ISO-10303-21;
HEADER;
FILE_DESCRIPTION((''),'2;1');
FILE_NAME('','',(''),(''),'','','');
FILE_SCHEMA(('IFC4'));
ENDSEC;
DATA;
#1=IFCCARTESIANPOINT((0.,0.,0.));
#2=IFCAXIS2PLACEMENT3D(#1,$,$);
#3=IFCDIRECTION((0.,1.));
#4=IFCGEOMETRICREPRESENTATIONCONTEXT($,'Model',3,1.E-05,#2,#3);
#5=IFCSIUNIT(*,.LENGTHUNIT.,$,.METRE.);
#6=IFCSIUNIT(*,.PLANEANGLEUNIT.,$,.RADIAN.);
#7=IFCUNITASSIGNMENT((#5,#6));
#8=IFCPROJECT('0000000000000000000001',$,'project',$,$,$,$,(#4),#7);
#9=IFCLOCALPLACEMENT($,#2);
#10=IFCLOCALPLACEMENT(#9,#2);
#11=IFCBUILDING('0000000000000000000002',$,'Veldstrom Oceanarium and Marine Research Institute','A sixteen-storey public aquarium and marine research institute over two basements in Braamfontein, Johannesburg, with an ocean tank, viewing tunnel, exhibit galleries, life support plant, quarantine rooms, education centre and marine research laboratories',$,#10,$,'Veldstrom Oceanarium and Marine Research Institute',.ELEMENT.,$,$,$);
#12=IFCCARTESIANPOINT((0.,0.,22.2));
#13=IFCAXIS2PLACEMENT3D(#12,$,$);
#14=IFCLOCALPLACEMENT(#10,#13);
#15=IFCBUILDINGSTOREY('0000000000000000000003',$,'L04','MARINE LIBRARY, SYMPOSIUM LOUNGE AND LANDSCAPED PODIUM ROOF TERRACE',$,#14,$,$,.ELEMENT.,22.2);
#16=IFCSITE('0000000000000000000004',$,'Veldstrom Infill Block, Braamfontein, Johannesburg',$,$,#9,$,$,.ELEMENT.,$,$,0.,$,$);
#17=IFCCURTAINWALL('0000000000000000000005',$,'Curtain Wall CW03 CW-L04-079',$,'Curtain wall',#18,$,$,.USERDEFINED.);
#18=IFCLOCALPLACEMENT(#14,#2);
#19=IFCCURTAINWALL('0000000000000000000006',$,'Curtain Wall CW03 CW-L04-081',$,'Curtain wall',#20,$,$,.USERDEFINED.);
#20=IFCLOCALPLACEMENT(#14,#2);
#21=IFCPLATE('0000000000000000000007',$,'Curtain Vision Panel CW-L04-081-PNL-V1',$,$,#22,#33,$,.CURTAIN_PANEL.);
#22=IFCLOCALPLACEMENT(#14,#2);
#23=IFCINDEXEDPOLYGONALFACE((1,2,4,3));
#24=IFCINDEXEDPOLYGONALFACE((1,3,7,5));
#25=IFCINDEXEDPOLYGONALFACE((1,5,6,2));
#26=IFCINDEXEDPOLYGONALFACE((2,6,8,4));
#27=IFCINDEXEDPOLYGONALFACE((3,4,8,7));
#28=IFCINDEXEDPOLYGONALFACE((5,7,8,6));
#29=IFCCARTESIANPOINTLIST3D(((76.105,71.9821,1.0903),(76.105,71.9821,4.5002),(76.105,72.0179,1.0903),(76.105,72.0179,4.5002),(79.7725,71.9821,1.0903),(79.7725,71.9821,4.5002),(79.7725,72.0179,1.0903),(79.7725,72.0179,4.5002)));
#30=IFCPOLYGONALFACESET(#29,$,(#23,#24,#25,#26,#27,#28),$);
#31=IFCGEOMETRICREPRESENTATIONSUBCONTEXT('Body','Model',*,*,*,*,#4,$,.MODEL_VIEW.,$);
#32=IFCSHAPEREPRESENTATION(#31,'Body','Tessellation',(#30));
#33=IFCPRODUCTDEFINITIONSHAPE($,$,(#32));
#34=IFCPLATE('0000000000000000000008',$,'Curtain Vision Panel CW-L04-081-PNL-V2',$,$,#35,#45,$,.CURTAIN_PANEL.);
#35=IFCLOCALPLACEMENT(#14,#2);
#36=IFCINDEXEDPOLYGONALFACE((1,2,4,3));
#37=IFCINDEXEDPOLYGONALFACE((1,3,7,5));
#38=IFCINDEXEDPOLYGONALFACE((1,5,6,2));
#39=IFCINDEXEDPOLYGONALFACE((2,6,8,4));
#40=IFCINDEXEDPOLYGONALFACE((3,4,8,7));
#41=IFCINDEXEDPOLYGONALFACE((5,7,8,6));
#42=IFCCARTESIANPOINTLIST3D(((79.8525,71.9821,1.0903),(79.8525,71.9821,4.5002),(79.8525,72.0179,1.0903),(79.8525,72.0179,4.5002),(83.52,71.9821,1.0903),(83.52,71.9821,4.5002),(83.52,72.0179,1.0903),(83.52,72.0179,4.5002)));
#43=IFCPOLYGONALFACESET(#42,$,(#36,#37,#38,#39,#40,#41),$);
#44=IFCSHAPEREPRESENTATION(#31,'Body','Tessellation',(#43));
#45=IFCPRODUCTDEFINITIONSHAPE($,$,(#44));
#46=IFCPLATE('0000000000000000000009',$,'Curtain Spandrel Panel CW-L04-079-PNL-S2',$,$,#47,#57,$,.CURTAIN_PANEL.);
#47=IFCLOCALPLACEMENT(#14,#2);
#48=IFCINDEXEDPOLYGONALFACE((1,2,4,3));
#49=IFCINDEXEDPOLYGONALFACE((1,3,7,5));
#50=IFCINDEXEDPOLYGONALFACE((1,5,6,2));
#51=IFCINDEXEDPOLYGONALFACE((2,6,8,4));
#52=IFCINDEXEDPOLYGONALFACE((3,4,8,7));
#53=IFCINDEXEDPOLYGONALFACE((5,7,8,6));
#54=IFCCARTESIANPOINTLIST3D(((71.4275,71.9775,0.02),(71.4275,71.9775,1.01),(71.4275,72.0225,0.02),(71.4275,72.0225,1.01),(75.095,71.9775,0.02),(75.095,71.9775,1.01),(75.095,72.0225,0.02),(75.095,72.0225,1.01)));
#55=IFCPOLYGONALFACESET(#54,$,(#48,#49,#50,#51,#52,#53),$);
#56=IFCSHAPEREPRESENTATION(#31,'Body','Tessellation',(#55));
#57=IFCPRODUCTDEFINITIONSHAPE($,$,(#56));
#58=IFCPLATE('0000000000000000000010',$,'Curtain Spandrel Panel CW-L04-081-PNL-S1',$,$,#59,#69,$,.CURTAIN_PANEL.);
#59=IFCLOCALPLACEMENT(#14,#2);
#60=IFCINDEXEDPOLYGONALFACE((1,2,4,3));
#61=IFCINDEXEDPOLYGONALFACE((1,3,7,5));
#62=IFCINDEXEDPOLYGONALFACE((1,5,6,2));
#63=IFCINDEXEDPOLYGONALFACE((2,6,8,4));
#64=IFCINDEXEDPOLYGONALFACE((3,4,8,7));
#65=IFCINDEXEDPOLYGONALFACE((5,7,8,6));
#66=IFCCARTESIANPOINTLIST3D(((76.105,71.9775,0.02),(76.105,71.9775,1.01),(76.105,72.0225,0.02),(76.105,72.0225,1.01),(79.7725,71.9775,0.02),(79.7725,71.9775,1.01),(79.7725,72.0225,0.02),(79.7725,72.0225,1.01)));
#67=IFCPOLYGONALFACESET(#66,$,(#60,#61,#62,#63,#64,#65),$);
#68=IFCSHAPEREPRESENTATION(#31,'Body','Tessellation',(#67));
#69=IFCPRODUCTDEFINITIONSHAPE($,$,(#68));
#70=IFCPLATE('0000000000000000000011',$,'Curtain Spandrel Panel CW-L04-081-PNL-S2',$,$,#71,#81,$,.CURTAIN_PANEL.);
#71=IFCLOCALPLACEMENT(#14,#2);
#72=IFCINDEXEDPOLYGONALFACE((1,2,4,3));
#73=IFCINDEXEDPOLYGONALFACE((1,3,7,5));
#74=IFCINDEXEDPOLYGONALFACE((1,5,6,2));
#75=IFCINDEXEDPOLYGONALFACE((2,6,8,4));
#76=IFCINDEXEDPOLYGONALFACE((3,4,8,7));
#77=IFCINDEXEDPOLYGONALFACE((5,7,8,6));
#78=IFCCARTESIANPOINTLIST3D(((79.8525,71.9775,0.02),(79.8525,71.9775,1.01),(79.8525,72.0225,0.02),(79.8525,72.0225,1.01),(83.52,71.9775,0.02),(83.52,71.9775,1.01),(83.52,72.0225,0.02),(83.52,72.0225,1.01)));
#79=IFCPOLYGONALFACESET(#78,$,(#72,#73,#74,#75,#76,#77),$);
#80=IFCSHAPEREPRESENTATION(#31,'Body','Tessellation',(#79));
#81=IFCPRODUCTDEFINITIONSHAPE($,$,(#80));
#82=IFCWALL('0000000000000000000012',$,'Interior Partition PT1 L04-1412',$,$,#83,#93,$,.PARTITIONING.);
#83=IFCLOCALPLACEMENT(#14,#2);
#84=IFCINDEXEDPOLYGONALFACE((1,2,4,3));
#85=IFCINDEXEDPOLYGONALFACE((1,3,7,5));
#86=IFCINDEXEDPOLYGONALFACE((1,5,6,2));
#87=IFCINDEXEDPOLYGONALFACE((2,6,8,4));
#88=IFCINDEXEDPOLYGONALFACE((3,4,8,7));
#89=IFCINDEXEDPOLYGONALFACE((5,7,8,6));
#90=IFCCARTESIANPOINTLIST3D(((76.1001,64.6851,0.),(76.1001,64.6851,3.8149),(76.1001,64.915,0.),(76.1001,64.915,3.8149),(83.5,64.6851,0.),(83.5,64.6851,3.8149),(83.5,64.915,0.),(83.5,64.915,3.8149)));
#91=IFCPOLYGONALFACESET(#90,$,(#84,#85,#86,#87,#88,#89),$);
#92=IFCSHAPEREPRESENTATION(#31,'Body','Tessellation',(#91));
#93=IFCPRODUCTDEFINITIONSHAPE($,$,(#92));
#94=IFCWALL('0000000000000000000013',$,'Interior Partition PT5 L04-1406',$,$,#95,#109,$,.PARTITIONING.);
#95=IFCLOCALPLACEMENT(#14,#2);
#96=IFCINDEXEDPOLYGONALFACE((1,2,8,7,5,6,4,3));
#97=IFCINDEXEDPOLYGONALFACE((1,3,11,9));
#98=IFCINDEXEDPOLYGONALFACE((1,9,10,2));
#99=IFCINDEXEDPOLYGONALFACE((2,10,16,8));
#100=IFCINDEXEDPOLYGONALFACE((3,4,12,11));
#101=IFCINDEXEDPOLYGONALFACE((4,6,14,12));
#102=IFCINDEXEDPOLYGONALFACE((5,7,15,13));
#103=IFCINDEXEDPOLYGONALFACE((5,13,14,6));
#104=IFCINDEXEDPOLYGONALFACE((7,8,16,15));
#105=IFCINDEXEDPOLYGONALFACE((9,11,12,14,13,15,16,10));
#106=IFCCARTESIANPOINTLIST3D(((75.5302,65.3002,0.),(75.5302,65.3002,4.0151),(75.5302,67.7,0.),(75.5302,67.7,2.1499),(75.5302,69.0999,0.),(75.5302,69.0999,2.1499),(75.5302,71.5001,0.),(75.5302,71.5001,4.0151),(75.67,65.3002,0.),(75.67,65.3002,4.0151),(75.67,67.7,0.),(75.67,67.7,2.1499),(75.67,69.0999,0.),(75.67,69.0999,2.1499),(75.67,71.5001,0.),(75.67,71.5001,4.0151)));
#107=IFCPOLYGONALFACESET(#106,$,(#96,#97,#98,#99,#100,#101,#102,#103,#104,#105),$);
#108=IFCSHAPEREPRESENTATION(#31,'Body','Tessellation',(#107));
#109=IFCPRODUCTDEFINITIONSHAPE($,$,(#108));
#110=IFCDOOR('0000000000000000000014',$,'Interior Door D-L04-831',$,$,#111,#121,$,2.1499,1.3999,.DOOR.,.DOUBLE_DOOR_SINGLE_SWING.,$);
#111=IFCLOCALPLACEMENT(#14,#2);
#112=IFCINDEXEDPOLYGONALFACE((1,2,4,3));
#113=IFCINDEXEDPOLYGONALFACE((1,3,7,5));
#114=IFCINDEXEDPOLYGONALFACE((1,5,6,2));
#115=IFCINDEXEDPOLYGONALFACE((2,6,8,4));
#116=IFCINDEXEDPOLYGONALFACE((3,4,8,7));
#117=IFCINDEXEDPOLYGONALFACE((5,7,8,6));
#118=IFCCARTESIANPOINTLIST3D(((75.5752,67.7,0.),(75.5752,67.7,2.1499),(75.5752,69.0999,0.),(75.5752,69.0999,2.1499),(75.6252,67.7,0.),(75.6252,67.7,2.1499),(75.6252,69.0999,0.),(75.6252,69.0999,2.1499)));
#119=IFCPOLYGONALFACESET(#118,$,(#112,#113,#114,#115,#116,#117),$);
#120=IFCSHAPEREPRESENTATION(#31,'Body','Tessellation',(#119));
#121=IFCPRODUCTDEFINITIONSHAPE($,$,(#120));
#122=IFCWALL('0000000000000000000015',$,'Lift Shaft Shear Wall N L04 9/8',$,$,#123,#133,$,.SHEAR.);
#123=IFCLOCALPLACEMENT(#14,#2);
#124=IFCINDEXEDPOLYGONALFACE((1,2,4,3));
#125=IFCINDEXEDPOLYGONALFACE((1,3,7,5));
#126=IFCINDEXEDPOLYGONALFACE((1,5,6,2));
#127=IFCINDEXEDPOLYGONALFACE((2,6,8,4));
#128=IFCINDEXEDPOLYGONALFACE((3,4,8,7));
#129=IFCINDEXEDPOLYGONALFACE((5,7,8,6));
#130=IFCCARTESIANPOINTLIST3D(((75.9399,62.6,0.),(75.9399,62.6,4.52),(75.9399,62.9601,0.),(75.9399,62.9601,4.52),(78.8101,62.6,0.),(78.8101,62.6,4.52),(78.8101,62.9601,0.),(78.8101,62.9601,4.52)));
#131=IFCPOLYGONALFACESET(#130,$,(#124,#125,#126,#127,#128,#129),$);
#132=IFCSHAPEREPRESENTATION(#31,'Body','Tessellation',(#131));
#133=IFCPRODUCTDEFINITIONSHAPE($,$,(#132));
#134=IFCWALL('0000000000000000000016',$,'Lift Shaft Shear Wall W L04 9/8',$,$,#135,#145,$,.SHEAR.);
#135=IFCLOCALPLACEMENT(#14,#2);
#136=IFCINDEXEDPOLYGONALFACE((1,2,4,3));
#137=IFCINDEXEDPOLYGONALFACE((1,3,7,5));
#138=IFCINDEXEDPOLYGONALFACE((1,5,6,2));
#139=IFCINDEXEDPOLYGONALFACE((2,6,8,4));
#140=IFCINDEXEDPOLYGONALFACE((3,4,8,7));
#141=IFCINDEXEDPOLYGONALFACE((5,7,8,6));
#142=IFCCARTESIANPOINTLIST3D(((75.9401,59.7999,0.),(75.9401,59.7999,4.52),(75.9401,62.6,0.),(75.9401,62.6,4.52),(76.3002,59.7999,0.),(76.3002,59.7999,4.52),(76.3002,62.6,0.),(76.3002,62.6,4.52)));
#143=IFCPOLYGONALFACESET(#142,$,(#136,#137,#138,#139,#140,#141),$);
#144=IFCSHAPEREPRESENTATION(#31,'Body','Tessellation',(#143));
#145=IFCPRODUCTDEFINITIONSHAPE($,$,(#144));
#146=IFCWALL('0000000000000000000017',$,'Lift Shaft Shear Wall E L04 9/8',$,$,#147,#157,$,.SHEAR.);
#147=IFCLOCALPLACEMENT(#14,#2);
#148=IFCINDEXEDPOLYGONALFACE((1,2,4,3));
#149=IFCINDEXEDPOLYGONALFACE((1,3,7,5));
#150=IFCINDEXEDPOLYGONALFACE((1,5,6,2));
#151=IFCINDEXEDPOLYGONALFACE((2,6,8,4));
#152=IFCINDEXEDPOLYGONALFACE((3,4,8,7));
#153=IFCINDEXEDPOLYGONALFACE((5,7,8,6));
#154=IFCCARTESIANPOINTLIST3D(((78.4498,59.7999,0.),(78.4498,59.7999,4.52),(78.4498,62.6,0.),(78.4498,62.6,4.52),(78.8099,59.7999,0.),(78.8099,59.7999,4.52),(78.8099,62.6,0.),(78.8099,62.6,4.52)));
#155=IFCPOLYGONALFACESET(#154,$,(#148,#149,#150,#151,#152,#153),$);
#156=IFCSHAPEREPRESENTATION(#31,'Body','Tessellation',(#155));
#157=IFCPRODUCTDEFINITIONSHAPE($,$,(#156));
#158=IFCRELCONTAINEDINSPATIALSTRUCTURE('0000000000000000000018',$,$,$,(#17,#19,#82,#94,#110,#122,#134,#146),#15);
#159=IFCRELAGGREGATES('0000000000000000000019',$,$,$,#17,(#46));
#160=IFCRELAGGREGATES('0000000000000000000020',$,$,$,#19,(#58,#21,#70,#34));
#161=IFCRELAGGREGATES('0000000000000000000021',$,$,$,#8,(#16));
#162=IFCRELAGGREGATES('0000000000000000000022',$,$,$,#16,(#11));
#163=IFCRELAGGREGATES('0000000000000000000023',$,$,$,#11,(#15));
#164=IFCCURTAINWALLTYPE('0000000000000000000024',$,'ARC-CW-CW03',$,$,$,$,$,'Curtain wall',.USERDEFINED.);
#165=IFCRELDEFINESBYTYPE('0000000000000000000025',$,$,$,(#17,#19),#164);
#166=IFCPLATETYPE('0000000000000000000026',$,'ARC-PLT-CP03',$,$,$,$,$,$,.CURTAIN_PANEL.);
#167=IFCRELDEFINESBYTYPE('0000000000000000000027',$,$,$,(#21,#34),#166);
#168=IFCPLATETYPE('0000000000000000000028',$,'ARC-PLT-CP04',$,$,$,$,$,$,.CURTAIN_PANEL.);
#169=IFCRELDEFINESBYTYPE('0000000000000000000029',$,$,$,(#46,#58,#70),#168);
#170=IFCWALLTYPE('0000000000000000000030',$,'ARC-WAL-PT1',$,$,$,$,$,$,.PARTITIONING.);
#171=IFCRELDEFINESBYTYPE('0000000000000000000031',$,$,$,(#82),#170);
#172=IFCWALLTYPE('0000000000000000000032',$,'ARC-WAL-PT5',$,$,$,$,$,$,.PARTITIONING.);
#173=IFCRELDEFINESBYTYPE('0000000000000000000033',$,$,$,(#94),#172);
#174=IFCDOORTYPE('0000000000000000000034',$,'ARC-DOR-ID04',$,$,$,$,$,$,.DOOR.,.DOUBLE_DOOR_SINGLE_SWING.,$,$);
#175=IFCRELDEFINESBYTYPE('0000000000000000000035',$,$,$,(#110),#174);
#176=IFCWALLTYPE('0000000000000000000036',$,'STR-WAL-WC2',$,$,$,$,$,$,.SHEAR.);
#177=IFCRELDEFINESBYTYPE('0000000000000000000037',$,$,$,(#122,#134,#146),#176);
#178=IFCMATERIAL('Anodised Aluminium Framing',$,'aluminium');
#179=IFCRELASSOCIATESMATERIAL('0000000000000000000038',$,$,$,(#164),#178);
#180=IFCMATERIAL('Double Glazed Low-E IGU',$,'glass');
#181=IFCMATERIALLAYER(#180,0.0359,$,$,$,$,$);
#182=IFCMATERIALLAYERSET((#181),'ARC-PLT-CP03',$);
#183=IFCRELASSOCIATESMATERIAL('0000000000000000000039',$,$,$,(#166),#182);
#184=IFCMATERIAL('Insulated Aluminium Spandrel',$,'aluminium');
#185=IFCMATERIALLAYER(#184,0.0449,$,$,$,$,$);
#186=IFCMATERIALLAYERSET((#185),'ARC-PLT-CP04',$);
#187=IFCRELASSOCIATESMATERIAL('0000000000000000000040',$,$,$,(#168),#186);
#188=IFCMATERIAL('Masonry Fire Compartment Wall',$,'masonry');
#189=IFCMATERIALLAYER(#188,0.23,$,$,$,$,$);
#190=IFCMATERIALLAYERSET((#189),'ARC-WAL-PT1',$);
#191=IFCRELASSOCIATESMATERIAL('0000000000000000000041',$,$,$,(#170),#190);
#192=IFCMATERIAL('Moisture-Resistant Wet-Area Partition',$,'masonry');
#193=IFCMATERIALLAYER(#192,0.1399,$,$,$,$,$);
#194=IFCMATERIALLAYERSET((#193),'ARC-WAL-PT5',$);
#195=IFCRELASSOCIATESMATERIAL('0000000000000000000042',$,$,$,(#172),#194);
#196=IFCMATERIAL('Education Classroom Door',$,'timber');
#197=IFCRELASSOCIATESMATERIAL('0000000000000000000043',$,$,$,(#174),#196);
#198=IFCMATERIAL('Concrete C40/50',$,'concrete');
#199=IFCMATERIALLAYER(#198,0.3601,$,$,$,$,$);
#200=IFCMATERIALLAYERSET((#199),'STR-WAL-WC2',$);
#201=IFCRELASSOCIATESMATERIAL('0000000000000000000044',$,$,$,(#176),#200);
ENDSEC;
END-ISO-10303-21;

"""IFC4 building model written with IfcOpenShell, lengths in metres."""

from ifc_helpers import new_model, si_unit, direction, frame, frame_2d, origin, origin_2d, place, context, subcontext, project, spatial, rectangle, extrude, material, layer, layer_set, type_object, element, fill, aggregate, save


model = new_model("IFC4")

# Units and contexts
model_context = context("Model", 3, precision=1e-05, world=origin(), true_north=direction((0.0, 1.0)))
body_context = subcontext(model_context, "Body", "Model", "MODEL_VIEW")
ifc_project = project(units=[si_unit("LENGTHUNIT", "METRE"), si_unit("PLANEANGLEUNIT", "RADIAN")], contexts=[model_context])

# Site, building, storey
site_placement = place(None, origin())
site = spatial("IfcSite", under=ifc_project, at=site_placement, Name="Veldstrom Infill Block, Braamfontein, Johannesburg", CompositionType="ELEMENT", RefElevation=0.0)
building_placement = place(site_placement, origin())
building = spatial("IfcBuilding", under=site, at=building_placement, Name="Veldstrom Oceanarium and Marine Research Institute", Description="A sixteen-storey public aquarium and marine research institute over two basements in Braamfontein, Johannesburg, with an ocean tank, viewing tunnel, exhibit galleries, life support plant, quarantine rooms, education centre and marine research laboratories", LongName="Veldstrom Oceanarium and Marine Research Institute", CompositionType="ELEMENT")
storey_placement = place(building_placement, frame((0.0, 0.0, 22.2)))
storey = spatial("IfcBuildingStorey", under=building, at=storey_placement, Name="L04", Description="MARINE LIBRARY, SYMPOSIUM LOUNGE AND LANDSCAPED PODIUM ROOF TERRACE", CompositionType="ELEMENT", Elevation=22.2)

# Curtain walls
ifc_material_1 = material(Name="Anodised Aluminium Framing", Category="aluminium")
curtain_wall_type = type_object("IfcCurtainWallType", Name="ARC-CW-CW03", ElementType="Curtain wall", PredefinedType="USERDEFINED", material=ifc_material_1)
curtain_wall_1_placement = place(storey_placement, origin())
curtain_wall_1 = element("IfcCurtainWall", 1, at=curtain_wall_1_placement, inside=storey, type_object=curtain_wall_type, Name="Curtain Wall CW03 CW-L04-079", ObjectType="Curtain wall", PredefinedType="USERDEFINED")
curtain_wall_2_placement = place(storey_placement, origin())
curtain_wall_2 = element("IfcCurtainWall", 2, at=curtain_wall_2_placement, inside=storey, type_object=curtain_wall_type, Name="Curtain Wall CW03 CW-L04-081", ObjectType="Curtain wall", PredefinedType="USERDEFINED")

# Plates
ifc_material_2 = material(Name="Double Glazed Low-E IGU", Category="glass")
ifc_layer_1 = layer(ifc_material_2, 0.0359)
ifc_layer_set_1 = layer_set([ifc_layer_1], Name="ARC-PLT-CP03")
plate_type_1 = type_object("IfcPlateType", Name="ARC-PLT-CP03", PredefinedType="CURTAIN_PANEL", material=ifc_layer_set_1)
plate_1_placement = place(storey_placement, frame((77.9387, 72.0, 1.0903), z_axis=(0.0, 0.0, 1.0), x_axis=(1.0, 0.0, 0.0)))
plate_1 = element("IfcPlate", 3, at=plate_1_placement, type_object=plate_type_1, Name="Curtain Vision Panel CW-L04-081-PNL-V1", PredefinedType="CURTAIN_PANEL", context=body_context, shape_type="SweptSolid", body=[
    extrude(rectangle(XDim=3.6675, YDim=0.0359, at=origin_2d()), origin(), (0.0, 0.0, 1.0), 3.4099),
])
plate_2_placement = place(storey_placement, frame((81.6863, 72.0, 1.0903), z_axis=(0.0, 0.0, 1.0), x_axis=(1.0, 0.0, 0.0)))
plate_2 = element("IfcPlate", 4, at=plate_2_placement, type_object=plate_type_1, Name="Curtain Vision Panel CW-L04-081-PNL-V2", PredefinedType="CURTAIN_PANEL", context=body_context, shape_type="SweptSolid", body=[
    extrude(rectangle(XDim=3.6675, YDim=0.0359, at=origin_2d()), origin(), (0.0, 0.0, 1.0), 3.4099),
])
ifc_material_3 = material(Name="Insulated Aluminium Spandrel", Category="aluminium")
ifc_layer_2 = layer(ifc_material_3, 0.0449)
ifc_layer_set_2 = layer_set([ifc_layer_2], Name="ARC-PLT-CP04")
plate_type_2 = type_object("IfcPlateType", Name="ARC-PLT-CP04", PredefinedType="CURTAIN_PANEL", material=ifc_layer_set_2)
plate_3_placement = place(storey_placement, frame((73.2612, 72.0, 0.02), z_axis=(0.0, 0.0, 1.0), x_axis=(1.0, 0.0, 0.0)))
plate_3 = element("IfcPlate", 5, at=plate_3_placement, type_object=plate_type_2, Name="Curtain Spandrel Panel CW-L04-079-PNL-S2", PredefinedType="CURTAIN_PANEL", context=body_context, shape_type="SweptSolid", body=[
    extrude(rectangle(XDim=3.6675, YDim=0.0449, at=origin_2d()), origin(), (0.0, 0.0, 1.0), 0.99),
])
aggregate(curtain_wall_1, [plate_3])
plate_4_placement = place(storey_placement, frame((77.9387, 72.0, 0.02), z_axis=(0.0, 0.0, 1.0), x_axis=(1.0, 0.0, 0.0)))
plate_4 = element("IfcPlate", 6, at=plate_4_placement, type_object=plate_type_2, Name="Curtain Spandrel Panel CW-L04-081-PNL-S1", PredefinedType="CURTAIN_PANEL", context=body_context, shape_type="SweptSolid", body=[
    extrude(rectangle(XDim=3.6675, YDim=0.0449, at=origin_2d()), origin(), (0.0, 0.0, 1.0), 0.99),
])
plate_5_placement = place(storey_placement, frame((81.6863, 72.0, 0.02), z_axis=(0.0, 0.0, 1.0), x_axis=(1.0, 0.0, 0.0)))
plate_5 = element("IfcPlate", 7, at=plate_5_placement, type_object=plate_type_2, Name="Curtain Spandrel Panel CW-L04-081-PNL-S2", PredefinedType="CURTAIN_PANEL", context=body_context, shape_type="SweptSolid", body=[
    extrude(rectangle(XDim=3.6675, YDim=0.0449, at=origin_2d()), origin(), (0.0, 0.0, 1.0), 0.99),
])
aggregate(curtain_wall_2, [plate_4, plate_1, plate_5, plate_2])

# Wall
ifc_material_4 = material(Name="Masonry Fire Compartment Wall", Category="masonry")
ifc_layer_3 = layer(ifc_material_4, 0.23)
ifc_layer_set_3 = layer_set([ifc_layer_3], Name="ARC-WAL-PT1")
wall_type_1 = type_object("IfcWallType", Name="ARC-WAL-PT1", PredefinedType="PARTITIONING", material=ifc_layer_set_3)
wall_1_placement = place(storey_placement, frame((76.1001, 64.8, 0.0), z_axis=(0.0, 0.0, 1.0), x_axis=(1.0, 0.0, 0.0)))
element("IfcWall", 8, at=wall_1_placement, inside=storey, type_object=wall_type_1, Name="Interior Partition PT1 L04-1412", PredefinedType="PARTITIONING", context=body_context, shape_type="SweptSolid", body=[
    extrude(rectangle(XDim=7.3999, YDim=0.23, at=frame_2d((3.7, 0.0))), origin(), (0.0, 0.0, 1.0), 3.8149),
])

# Wall, opening, door
ifc_material_5 = material(Name="Moisture-Resistant Wet-Area Partition", Category="masonry")
ifc_layer_4 = layer(ifc_material_5, 0.1399)
ifc_layer_set_4 = layer_set([ifc_layer_4], Name="ARC-WAL-PT5")
wall_type_2 = type_object("IfcWallType", Name="ARC-WAL-PT5", PredefinedType="PARTITIONING", material=ifc_layer_set_4)
wall_2_placement = place(storey_placement, frame((75.6001, 65.3, 0.0), z_axis=(0.0, 0.0, 1.0), x_axis=(0.0, 1.0, 0.0)))
wall_2 = element("IfcWall", 9, at=wall_2_placement, inside=storey, type_object=wall_type_2, Name="Interior Partition PT5 L04-1406", PredefinedType="PARTITIONING", context=body_context, shape_type="SweptSolid", body=[
    extrude(rectangle(XDim=6.2, YDim=0.1399, at=frame_2d((3.1001, 0.0))), origin(), (0.0, 0.0, 1.0), 4.0151),
])
opening_placement = place(wall_2_placement, frame((2.3999, 0.0, 0.0)))
opening = element("IfcOpeningElement", 10, at=opening_placement, cuts=wall_2, PredefinedType="OPENING", context=body_context, shape_type="SweptSolid", body=[
    extrude(rectangle(XDim=1.3999, YDim=2.1499, at=frame_2d((0.7, 1.075))), frame((0.0, 0.0798, 0.0), z_axis=(0.0, -1.0, 0.0), x_axis=(1.0, 0.0, 0.0)), (0.0, 0.0, 1.0), 0.1599),
])
ifc_material_6 = material(Name="Education Classroom Door", Category="timber")
door_type = type_object("IfcDoorType", Name="ARC-DOR-ID04", OperationType="DOUBLE_DOOR_SINGLE_SWING", PredefinedType="DOOR", material=ifc_material_6)
door_placement = place(opening_placement, origin())
door = element("IfcDoor", 11, at=door_placement, inside=storey, type_object=door_type, Name="Interior Door D-L04-831", OperationType="DOUBLE_DOOR_SINGLE_SWING", OverallHeight=2.1499, OverallWidth=1.3999, PredefinedType="DOOR", context=body_context, shape_type="SweptSolid", body=[
    extrude(rectangle(XDim=1.3999, YDim=2.1499, at=frame_2d((0.7, 1.075))), frame((0.0, 0.0249, 0.0), z_axis=(0.0, -1.0, 0.0), x_axis=(1.0, 0.0, 0.0)), (0.0, 0.0, 1.0), 0.05),
])
fill(opening, door)

# Walls
ifc_material_7 = material(Name="Concrete C40/50", Category="concrete")
ifc_layer_5 = layer(ifc_material_7, 0.3601)
ifc_layer_set_5 = layer_set([ifc_layer_5], Name="STR-WAL-WC2")
wall_type_3 = type_object("IfcWallType", Name="STR-WAL-WC2", PredefinedType="SHEAR", material=ifc_layer_set_5)
wall_3_placement = place(storey_placement, frame((75.9399, 62.78, 0.0), z_axis=(0.0, 0.0, 1.0), x_axis=(1.0, 0.0, 0.0)))
element("IfcWall", 12, at=wall_3_placement, inside=storey, type_object=wall_type_3, Name="Lift Shaft Shear Wall N L04 9/8", PredefinedType="SHEAR", context=body_context, shape_type="SweptSolid", body=[
    extrude(rectangle(XDim=2.8701, YDim=0.3601, at=frame_2d((1.4351, 0.0))), origin(), (0.0, 0.0, 1.0), 4.52),
])
for number, where, z_axis, x_axis, name in (
    (13, (76.1201, 59.8, 0.0), (0.0, 0.0, 1.0), (0.0, 1.0, 0.0), "Lift Shaft Shear Wall W L04 9/8"),
    (14, (78.6299, 59.8, 0.0), (0.0, 0.0, 1.0), (0.0, 1.0, 0.0), "Lift Shaft Shear Wall E L04 9/8"),
):
    element("IfcWall", number, at=place(storey_placement, frame(where, z_axis=z_axis, x_axis=x_axis)), inside=storey, type_object=wall_type_3, Name=name, PredefinedType="SHEAR", context=body_context, shape_type="SweptSolid", body=[
        extrude(rectangle(XDim=2.8, YDim=0.3601, at=frame_2d((1.3999, 0.0))), origin(), (0.0, 0.0, 1.0), 4.52),
    ])

save(model, "model.ifc")
